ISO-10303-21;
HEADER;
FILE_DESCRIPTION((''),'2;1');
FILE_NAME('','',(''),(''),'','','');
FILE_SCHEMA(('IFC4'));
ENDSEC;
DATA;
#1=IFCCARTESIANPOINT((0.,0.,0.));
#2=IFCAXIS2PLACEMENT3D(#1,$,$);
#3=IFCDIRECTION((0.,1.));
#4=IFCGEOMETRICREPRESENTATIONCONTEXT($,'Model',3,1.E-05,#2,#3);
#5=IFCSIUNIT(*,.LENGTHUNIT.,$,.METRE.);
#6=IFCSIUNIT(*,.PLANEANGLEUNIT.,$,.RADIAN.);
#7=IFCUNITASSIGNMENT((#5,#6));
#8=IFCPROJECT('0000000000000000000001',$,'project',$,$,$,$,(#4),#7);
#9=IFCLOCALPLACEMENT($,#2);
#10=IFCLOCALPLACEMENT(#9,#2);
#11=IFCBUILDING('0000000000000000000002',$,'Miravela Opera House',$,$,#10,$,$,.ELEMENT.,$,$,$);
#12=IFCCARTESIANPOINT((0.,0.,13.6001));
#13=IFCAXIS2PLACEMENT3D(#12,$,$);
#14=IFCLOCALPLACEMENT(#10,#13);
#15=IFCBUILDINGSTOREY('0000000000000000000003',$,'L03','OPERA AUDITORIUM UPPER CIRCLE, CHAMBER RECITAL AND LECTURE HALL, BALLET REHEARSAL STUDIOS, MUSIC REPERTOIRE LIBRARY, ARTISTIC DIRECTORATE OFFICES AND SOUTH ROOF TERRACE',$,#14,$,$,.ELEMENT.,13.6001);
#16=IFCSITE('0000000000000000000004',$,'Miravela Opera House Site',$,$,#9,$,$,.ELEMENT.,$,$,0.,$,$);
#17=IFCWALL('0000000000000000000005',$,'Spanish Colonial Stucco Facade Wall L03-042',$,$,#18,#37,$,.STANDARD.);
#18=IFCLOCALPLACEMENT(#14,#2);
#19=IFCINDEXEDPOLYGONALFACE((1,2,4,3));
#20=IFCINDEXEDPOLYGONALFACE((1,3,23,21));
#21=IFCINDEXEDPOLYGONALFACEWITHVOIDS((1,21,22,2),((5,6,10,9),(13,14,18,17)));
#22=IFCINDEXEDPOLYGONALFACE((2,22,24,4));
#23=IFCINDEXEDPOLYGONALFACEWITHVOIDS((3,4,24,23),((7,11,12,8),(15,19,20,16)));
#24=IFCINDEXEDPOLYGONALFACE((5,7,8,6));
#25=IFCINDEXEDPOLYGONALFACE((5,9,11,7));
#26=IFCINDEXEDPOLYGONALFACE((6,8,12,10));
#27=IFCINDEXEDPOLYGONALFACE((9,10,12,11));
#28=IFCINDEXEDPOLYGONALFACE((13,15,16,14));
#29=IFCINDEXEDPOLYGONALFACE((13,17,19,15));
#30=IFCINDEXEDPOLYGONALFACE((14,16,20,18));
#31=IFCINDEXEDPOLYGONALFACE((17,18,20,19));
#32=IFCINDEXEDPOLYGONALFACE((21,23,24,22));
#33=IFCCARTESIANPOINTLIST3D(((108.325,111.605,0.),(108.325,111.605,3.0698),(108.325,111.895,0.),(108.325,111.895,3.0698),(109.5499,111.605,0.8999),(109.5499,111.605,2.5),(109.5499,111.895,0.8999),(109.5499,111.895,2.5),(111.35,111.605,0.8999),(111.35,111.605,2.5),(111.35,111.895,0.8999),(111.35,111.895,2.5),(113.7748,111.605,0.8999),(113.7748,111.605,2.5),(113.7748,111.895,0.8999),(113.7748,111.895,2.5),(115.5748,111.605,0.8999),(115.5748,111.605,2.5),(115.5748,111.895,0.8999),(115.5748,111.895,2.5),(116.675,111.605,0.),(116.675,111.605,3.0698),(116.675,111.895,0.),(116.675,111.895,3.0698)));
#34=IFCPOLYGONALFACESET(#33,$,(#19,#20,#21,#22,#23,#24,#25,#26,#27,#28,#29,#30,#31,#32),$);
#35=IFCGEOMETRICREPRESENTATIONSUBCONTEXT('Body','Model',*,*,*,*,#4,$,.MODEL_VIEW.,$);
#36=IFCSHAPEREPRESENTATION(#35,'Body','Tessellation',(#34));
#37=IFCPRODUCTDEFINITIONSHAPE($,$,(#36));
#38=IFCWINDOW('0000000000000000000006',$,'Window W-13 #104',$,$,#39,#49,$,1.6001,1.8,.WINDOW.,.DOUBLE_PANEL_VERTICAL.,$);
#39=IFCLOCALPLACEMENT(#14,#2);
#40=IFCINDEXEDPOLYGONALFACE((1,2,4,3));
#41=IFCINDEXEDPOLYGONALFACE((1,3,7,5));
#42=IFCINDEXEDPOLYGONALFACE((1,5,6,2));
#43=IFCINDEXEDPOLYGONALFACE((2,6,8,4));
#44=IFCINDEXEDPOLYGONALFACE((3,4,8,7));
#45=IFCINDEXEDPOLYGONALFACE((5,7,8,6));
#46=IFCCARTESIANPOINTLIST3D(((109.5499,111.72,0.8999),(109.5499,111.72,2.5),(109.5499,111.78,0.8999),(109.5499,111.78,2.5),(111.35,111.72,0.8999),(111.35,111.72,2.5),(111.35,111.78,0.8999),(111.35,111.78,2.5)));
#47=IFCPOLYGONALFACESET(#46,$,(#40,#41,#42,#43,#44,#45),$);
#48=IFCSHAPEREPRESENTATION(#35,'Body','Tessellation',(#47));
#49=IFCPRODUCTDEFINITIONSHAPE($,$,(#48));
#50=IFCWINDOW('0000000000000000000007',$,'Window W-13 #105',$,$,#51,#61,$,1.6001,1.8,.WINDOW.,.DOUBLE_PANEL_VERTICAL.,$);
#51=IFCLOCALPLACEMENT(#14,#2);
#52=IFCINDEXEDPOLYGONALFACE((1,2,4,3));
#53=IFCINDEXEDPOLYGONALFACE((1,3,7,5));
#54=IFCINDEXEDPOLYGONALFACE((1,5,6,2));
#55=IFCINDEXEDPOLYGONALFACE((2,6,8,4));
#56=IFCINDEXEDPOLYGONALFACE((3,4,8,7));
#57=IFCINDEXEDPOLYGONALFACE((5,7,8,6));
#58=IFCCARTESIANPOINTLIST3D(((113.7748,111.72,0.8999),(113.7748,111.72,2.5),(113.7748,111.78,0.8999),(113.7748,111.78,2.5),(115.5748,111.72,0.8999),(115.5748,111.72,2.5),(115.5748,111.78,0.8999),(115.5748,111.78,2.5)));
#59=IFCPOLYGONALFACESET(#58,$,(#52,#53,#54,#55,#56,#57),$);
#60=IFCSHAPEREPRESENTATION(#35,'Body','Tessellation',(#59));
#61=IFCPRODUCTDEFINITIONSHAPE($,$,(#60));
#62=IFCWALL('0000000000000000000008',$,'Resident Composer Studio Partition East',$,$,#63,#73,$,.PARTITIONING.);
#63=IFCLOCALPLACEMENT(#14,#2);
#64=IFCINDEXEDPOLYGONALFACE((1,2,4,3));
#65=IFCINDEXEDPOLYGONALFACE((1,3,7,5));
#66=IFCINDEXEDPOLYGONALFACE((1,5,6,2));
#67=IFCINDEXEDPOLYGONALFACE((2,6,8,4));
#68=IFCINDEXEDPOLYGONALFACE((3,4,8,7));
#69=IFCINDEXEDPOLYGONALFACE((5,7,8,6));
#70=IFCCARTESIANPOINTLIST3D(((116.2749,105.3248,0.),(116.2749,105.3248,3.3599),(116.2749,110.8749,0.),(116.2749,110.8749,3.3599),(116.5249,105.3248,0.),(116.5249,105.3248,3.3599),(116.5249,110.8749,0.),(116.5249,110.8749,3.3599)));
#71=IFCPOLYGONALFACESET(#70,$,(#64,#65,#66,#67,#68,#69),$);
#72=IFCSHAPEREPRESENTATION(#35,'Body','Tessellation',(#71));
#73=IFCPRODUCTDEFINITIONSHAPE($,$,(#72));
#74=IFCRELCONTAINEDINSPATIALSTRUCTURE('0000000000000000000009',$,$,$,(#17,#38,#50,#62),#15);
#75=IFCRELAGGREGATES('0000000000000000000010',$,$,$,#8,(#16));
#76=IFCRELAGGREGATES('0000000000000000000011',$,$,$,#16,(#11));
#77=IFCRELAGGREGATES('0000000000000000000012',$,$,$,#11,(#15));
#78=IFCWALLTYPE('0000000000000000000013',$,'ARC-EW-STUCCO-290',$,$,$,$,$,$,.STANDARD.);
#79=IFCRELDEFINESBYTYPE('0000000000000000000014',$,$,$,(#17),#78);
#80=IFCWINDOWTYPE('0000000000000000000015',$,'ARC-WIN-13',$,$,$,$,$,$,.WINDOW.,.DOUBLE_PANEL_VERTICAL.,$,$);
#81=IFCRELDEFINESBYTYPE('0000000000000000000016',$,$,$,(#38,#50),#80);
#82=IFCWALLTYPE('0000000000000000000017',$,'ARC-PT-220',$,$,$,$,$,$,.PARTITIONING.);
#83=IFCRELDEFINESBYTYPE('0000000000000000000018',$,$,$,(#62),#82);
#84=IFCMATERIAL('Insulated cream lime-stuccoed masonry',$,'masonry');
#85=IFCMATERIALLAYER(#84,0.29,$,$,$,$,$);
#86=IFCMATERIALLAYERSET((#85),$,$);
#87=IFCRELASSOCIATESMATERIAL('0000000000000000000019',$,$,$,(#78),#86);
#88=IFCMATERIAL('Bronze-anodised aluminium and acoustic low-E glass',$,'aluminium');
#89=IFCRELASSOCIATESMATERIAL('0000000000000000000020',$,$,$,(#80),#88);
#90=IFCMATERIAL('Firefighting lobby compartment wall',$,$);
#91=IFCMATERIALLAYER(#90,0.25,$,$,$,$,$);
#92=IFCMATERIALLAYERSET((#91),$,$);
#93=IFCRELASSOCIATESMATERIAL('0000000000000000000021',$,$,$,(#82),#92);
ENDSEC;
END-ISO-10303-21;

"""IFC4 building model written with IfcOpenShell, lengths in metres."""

from ifc_helpers import new_model, si_unit, direction, frame, frame_2d, origin, place, context, subcontext, project, spatial, rectangle, extrude, material, layer, layer_set, type_object, element, fill, save


model = new_model("IFC4")

# Units and contexts
model_context = context("Model", 3, precision=1e-05, world=origin(), true_north=direction((0.0, 1.0)))
body_context = subcontext(model_context, "Body", "Model", "MODEL_VIEW")
ifc_project = project(units=[si_unit("LENGTHUNIT", "METRE"), si_unit("PLANEANGLEUNIT", "RADIAN")], contexts=[model_context])

# Site, building, storey
site_placement = place(None, origin())
site = spatial("IfcSite", under=ifc_project, at=site_placement, Name="Miravela Opera House Site", CompositionType="ELEMENT", RefElevation=0.0)
building_placement = place(site_placement, origin())
building = spatial("IfcBuilding", under=site, at=building_placement, Name="Miravela Opera House", CompositionType="ELEMENT")
storey_placement = place(building_placement, frame((0.0, 0.0, 13.6001)))
storey = spatial("IfcBuildingStorey", under=building, at=storey_placement, Name="L03", Description="OPERA AUDITORIUM UPPER CIRCLE, CHAMBER RECITAL AND LECTURE HALL, BALLET REHEARSAL STUDIOS, MUSIC REPERTOIRE LIBRARY, ARTISTIC DIRECTORATE OFFICES AND SOUTH ROOF TERRACE", CompositionType="ELEMENT", Elevation=13.6001)

# Wall, openings, windows
ifc_material_1 = material(Name="Insulated cream lime-stuccoed masonry", Category="masonry")
ifc_layer_1 = layer(ifc_material_1, 0.29)
ifc_layer_set_1 = layer_set([ifc_layer_1])
wall_type_1 = type_object("IfcWallType", Name="ARC-EW-STUCCO-290", PredefinedType="STANDARD", material=ifc_layer_set_1)
ifc_material_2 = material(Name="Bronze-anodised aluminium and acoustic low-E glass", Category="aluminium")
wall_1_placement = place(storey_placement, frame((108.325, 111.75, 0.0), z_axis=(0.0, 0.0, 1.0), x_axis=(1.0, 0.0, 0.0)))
wall_1 = element("IfcWall", 1, at=wall_1_placement, inside=storey, type_object=wall_type_1, Name="Spanish Colonial Stucco Facade Wall L03-042", PredefinedType="STANDARD", context=body_context, shape_type="SweptSolid", body=[
    extrude(rectangle(XDim=8.3501, YDim=0.29, at=frame_2d((4.175, 0.0))), origin(), (0.0, 0.0, 1.0), 3.0698),
])
opening_1_placement = place(wall_1_placement, frame((1.2251, 0.0, 0.8999)))
opening_1 = element("IfcOpeningElement", 2, at=opening_1_placement, cuts=wall_1, PredefinedType="OPENING", context=body_context, shape_type="SweptSolid", body=[
    extrude(rectangle(XDim=1.8, YDim=1.6001, at=frame_2d((0.8999, 0.8))), frame((0.0, 0.155, 0.0), z_axis=(0.0, -1.0, 0.0), x_axis=(1.0, 0.0, 0.0)), (0.0, 0.0, 1.0), 0.3101),
])
opening_2_placement = place(wall_1_placement, frame((5.45, 0.0, 0.8999)))
opening_2 = element("IfcOpeningElement", 3, at=opening_2_placement, cuts=wall_1, PredefinedType="OPENING", context=body_context, shape_type="SweptSolid", body=[
    extrude(rectangle(XDim=1.8, YDim=1.6001, at=frame_2d((0.8999, 0.8))), frame((0.0, 0.155, 0.0), z_axis=(0.0, -1.0, 0.0), x_axis=(1.0, 0.0, 0.0)), (0.0, 0.0, 1.0), 0.3101),
])
window_type_1 = type_object("IfcWindowType", Name="ARC-WIN-13", PartitioningType="DOUBLE_PANEL_VERTICAL", PredefinedType="WINDOW", material=ifc_material_2)
window_1_placement = place(opening_1_placement, origin())
window_1 = element("IfcWindow", 4, at=window_1_placement, inside=storey, type_object=window_type_1, Name="Window W-13 #104", OverallHeight=1.6001, OverallWidth=1.8, PartitioningType="DOUBLE_PANEL_VERTICAL", PredefinedType="WINDOW", context=body_context, shape_type="SweptSolid", body=[
    extrude(rectangle(XDim=1.8, YDim=1.6001, at=frame_2d((0.8999, 0.8))), frame((0.0, 0.03, 0.0), z_axis=(0.0, -1.0, 0.0), x_axis=(1.0, 0.0, 0.0)), (0.0, 0.0, 1.0), 0.0601),
])
fill(opening_1, window_1)
window_2_placement = place(opening_2_placement, origin())
window_2 = element("IfcWindow", 5, at=window_2_placement, inside=storey, type_object=window_type_1, Name="Window W-13 #105", OverallHeight=1.6001, OverallWidth=1.8, PartitioningType="DOUBLE_PANEL_VERTICAL", PredefinedType="WINDOW", context=body_context, shape_type="SweptSolid", body=[
    extrude(rectangle(XDim=1.8, YDim=1.6001, at=frame_2d((0.8999, 0.8))), frame((0.0, 0.03, 0.0), z_axis=(0.0, -1.0, 0.0), x_axis=(1.0, 0.0, 0.0)), (0.0, 0.0, 1.0), 0.0601),
])
fill(opening_2, window_2)

# Wall
ifc_material_3 = material(Name="Firefighting lobby compartment wall")
ifc_layer_2 = layer(ifc_material_3, 0.25)
ifc_layer_set_2 = layer_set([ifc_layer_2])
wall_type_2 = type_object("IfcWallType", Name="ARC-PT-220", PredefinedType="PARTITIONING", material=ifc_layer_set_2)
wall_2_placement = place(storey_placement, frame((116.3999, 105.325, 0.0), z_axis=(0.0, 0.0, 1.0), x_axis=(0.0, 1.0, 0.0)))
element("IfcWall", 6, at=wall_2_placement, inside=storey, type_object=wall_type_2, Name="Resident Composer Studio Partition East", PredefinedType="PARTITIONING", context=body_context, shape_type="SweptSolid", body=[
    extrude(rectangle(XDim=5.55, YDim=0.25, at=frame_2d((2.7749, 0.0))), origin(), (0.0, 0.0, 1.0), 3.3599),
])

save(model, "model.ifc")
